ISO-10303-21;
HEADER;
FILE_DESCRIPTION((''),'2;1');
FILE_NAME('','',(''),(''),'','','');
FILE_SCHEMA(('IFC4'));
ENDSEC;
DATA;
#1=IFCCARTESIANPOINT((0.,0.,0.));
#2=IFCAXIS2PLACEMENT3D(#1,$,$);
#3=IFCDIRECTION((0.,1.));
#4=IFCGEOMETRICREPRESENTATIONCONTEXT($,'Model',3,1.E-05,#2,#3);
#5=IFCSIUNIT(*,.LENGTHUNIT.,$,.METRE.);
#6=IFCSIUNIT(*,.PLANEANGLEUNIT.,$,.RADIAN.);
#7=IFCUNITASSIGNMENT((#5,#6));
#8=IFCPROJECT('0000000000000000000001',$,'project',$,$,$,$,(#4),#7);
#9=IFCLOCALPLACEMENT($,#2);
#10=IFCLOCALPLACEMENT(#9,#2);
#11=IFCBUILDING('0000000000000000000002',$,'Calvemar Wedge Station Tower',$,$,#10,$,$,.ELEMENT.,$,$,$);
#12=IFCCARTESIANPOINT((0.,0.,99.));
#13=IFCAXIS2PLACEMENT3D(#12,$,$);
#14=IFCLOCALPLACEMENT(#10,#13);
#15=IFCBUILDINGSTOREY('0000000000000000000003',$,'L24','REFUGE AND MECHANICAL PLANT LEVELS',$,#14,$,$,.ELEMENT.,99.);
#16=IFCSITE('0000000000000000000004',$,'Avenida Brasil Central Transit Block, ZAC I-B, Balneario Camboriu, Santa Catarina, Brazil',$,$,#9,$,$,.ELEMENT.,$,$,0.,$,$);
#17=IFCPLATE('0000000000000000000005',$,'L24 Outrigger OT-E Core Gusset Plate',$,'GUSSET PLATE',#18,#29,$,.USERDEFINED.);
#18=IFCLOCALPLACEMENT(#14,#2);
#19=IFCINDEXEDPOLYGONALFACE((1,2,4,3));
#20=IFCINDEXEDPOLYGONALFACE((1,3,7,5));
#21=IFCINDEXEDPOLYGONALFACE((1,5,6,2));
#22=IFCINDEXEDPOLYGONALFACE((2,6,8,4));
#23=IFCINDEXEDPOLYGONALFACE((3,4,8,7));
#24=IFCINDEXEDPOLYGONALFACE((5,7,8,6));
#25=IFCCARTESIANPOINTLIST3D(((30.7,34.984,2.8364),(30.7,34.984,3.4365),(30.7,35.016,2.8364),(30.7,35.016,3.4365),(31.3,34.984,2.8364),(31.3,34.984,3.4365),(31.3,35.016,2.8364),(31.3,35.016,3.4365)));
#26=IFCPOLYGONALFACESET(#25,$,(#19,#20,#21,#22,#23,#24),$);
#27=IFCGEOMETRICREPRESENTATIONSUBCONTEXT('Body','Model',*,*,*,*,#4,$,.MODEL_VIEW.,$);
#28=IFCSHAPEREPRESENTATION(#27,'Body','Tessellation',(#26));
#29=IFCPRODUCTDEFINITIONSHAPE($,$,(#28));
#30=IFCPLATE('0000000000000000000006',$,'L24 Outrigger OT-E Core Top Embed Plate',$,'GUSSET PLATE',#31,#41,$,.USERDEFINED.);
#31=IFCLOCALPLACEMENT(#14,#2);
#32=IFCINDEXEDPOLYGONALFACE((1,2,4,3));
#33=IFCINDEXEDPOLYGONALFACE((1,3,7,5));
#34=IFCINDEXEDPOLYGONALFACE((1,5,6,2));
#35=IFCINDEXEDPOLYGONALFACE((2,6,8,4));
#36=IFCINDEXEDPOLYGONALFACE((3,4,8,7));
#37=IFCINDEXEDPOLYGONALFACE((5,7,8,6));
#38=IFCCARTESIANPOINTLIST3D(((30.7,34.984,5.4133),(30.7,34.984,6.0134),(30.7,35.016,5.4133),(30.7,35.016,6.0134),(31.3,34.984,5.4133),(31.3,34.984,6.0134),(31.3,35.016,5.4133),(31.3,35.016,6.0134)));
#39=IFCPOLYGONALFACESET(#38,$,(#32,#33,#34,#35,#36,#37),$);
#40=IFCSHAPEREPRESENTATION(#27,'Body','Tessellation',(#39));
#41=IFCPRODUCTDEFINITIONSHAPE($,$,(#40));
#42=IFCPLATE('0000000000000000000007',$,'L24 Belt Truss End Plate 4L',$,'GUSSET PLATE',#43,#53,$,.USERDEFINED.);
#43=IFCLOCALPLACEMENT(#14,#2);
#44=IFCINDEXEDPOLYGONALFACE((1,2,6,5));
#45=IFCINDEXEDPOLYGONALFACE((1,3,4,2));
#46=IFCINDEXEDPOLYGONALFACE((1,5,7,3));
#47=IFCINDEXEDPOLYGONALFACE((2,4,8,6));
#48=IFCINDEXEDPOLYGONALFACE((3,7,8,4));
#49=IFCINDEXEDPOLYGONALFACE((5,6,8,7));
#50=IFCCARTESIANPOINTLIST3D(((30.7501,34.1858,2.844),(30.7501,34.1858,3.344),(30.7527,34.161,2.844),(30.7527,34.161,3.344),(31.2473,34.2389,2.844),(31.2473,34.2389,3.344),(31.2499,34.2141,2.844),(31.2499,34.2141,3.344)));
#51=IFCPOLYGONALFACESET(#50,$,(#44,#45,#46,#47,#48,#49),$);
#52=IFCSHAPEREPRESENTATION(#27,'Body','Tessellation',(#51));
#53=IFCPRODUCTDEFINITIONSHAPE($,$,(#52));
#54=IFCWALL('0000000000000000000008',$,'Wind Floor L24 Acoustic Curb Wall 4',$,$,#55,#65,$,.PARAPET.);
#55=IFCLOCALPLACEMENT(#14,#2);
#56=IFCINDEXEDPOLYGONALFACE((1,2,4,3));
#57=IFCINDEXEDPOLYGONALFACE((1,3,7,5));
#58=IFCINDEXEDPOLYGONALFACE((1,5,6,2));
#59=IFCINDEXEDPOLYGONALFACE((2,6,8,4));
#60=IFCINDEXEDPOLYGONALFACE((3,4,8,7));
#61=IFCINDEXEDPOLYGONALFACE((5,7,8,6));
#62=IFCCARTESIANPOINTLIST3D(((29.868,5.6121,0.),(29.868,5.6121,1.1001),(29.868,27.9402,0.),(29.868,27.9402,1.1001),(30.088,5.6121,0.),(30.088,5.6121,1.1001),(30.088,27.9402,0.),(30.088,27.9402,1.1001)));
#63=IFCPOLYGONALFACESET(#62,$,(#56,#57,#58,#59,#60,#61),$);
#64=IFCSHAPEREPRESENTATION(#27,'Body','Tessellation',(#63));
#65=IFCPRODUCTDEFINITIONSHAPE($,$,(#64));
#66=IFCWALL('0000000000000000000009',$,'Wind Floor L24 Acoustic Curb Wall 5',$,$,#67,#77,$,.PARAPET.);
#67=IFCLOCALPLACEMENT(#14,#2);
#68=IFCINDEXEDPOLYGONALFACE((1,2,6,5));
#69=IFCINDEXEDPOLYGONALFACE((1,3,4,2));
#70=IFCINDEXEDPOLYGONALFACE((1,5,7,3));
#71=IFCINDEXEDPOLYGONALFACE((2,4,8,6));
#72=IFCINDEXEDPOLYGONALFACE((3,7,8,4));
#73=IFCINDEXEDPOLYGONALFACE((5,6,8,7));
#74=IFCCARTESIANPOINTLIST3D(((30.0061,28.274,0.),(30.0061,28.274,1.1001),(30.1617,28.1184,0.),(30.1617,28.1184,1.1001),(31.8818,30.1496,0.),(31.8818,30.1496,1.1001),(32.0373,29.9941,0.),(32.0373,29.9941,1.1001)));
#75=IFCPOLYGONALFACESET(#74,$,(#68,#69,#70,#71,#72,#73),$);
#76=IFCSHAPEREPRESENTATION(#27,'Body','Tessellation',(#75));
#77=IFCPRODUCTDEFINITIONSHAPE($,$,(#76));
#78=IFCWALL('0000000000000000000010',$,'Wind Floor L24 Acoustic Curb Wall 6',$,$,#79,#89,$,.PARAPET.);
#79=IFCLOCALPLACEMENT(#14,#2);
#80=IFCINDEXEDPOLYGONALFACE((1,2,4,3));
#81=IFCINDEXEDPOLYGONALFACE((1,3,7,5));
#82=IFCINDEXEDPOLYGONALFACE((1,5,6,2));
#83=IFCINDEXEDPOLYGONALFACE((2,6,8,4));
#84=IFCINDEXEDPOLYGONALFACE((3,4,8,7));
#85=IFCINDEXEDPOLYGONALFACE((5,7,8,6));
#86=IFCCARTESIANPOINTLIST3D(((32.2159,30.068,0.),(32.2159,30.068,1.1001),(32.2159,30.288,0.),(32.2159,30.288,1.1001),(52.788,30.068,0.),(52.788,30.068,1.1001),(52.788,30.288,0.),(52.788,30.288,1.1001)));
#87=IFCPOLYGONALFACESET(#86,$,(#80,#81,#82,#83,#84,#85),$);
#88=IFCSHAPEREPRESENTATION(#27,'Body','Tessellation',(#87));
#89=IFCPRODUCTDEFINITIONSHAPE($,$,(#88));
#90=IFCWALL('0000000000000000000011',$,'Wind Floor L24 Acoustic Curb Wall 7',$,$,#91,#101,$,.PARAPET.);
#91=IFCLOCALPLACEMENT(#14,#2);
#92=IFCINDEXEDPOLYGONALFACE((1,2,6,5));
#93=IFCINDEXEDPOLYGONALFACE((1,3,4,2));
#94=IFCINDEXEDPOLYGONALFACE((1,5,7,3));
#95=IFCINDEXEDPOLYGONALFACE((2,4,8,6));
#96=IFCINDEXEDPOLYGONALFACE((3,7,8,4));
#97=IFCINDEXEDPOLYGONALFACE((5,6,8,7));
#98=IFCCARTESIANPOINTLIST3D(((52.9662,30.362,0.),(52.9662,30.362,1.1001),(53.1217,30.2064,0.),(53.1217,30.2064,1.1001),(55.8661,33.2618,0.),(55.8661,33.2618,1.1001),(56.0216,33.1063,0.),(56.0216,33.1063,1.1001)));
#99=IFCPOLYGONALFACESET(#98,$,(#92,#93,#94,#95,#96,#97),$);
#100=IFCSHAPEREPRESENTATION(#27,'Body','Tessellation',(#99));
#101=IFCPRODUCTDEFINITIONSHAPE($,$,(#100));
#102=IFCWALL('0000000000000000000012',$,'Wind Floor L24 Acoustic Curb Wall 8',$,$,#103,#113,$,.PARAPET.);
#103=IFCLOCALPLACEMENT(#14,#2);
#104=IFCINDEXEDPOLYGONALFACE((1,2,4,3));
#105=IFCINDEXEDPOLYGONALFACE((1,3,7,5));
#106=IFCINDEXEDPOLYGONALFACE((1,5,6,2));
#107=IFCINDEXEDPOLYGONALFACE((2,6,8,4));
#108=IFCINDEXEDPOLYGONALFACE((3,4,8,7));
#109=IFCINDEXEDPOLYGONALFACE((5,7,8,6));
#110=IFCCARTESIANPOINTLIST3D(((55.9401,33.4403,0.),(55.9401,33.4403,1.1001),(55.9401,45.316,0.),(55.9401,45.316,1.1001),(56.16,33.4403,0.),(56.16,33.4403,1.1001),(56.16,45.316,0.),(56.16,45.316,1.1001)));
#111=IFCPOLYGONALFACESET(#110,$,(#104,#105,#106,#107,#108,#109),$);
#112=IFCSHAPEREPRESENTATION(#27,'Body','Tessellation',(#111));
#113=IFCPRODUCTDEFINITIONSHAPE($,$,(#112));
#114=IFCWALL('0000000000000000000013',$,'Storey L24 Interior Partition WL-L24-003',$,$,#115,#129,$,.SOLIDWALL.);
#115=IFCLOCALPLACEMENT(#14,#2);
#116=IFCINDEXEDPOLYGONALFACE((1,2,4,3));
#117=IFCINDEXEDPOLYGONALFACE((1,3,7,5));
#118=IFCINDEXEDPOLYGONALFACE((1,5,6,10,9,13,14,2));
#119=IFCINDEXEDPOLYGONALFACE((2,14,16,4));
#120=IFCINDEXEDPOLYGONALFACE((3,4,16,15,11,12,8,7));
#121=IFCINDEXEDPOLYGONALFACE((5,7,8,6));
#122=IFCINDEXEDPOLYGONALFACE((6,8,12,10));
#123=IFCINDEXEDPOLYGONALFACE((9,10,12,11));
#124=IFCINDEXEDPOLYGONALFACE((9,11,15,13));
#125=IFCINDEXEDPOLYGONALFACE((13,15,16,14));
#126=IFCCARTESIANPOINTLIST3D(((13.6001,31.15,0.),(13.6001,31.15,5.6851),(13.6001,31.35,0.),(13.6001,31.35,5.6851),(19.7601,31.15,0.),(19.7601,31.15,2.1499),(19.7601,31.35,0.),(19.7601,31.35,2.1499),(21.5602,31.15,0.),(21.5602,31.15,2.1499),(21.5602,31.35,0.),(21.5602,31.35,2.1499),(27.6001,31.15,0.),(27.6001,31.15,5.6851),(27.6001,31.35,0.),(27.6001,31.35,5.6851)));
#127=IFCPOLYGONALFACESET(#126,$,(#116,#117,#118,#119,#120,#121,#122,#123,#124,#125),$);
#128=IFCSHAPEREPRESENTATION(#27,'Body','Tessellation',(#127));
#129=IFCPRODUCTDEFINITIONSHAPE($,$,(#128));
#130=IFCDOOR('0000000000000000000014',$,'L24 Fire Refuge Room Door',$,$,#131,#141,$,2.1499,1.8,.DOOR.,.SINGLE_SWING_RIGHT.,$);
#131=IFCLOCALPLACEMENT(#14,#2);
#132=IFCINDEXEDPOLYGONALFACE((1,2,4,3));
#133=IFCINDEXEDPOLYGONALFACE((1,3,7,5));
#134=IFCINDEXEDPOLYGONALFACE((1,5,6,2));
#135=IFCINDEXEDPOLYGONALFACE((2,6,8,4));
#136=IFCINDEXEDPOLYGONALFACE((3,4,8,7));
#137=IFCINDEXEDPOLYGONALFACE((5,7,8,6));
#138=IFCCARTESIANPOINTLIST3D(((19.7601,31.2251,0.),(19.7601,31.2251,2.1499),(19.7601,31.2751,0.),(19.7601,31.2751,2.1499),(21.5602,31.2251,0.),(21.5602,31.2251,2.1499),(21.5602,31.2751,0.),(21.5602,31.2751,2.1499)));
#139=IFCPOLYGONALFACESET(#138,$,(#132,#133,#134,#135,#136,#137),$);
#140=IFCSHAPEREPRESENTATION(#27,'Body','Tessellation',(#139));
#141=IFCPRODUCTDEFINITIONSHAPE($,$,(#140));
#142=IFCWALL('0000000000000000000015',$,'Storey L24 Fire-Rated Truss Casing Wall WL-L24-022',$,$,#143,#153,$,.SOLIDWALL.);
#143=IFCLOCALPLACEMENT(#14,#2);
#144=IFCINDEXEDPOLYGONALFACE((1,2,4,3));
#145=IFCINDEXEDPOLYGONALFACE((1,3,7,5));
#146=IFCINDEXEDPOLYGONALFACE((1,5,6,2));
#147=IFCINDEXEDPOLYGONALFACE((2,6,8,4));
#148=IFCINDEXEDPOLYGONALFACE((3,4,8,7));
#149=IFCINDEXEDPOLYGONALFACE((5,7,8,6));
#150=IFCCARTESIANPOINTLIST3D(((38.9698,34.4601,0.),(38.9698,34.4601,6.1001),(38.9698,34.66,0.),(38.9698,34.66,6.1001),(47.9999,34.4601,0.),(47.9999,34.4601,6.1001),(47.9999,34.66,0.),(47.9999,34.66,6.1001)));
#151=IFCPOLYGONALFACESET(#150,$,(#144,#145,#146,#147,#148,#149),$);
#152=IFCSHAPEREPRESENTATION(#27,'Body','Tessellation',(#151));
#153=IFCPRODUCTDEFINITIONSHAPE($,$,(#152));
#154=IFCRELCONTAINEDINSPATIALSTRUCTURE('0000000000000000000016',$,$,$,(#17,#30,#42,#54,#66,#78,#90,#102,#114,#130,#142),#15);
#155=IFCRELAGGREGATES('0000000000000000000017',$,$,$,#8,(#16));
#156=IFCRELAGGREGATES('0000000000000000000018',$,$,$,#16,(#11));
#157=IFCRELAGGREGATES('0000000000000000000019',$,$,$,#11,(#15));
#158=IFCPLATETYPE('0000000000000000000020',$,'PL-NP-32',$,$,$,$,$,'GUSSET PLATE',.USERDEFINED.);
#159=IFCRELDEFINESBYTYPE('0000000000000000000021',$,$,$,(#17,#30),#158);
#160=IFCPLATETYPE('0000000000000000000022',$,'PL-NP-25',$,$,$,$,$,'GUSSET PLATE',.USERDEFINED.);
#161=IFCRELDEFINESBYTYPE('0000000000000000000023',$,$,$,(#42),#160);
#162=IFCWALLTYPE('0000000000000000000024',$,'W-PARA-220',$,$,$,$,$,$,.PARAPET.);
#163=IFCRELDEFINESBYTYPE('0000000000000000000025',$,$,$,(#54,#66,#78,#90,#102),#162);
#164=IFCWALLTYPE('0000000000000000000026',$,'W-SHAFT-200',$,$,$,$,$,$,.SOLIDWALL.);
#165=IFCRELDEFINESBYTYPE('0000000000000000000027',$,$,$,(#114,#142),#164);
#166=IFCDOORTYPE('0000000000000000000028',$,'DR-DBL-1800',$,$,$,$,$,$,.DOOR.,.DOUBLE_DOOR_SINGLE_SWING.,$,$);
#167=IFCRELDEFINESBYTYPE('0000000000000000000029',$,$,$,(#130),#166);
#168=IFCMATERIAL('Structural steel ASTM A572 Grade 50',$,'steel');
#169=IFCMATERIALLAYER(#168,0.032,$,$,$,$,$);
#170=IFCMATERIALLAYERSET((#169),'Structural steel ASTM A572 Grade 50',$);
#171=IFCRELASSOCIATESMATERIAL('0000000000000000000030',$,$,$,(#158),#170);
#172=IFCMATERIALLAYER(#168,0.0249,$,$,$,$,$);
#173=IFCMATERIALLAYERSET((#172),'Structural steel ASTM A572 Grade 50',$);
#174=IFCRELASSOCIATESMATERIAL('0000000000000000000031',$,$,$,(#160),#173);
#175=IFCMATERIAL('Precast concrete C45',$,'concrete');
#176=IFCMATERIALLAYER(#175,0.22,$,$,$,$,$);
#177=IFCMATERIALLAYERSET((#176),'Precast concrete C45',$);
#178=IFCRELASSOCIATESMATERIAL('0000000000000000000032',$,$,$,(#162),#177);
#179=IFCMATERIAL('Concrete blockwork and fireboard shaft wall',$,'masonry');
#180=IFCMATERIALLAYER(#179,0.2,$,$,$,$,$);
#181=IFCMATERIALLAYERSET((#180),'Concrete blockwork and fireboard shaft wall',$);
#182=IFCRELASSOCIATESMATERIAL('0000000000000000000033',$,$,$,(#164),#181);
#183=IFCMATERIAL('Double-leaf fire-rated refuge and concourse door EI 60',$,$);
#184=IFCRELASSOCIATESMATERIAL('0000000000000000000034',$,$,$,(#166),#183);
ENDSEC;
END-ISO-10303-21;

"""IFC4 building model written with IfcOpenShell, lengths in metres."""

from ifc_helpers import new_model, si_unit, direction, frame, frame_2d, origin, origin_2d, place, context, subcontext, project, spatial, rectangle, extrude, source, transform, mapped, material, layer, layer_set, type_object, element, fill, save


model = new_model("IFC4")

# Units and contexts
model_context = context("Model", 3, precision=1e-05, world=origin(), true_north=direction((0.0, 1.0)))
body_context = subcontext(model_context, "Body", "Model", "MODEL_VIEW")
ifc_project = project(units=[si_unit("LENGTHUNIT", "METRE"), si_unit("PLANEANGLEUNIT", "RADIAN")], contexts=[model_context])

# Site, building, storey
site_placement = place(None, origin())
site = spatial("IfcSite", under=ifc_project, at=site_placement, Name="Avenida Brasil Central Transit Block, ZAC I-B, Balneario Camboriu, Santa Catarina, Brazil", CompositionType="ELEMENT", RefElevation=0.0)
building_placement = place(site_placement, origin())
building = spatial("IfcBuilding", under=site, at=building_placement, Name="Calvemar Wedge Station Tower", CompositionType="ELEMENT")
storey_placement = place(building_placement, frame((0.0, 0.0, 99.0)))
storey = spatial("IfcBuildingStorey", under=building, at=storey_placement, Name="L24", Description="REFUGE AND MECHANICAL PLANT LEVELS", CompositionType="ELEMENT", Elevation=99.0)

# Shared definitions
ifc_material_1 = material(Name="Structural steel ASTM A572 Grade 50", Category="steel")

# Plates
ifc_layer_1 = layer(ifc_material_1, 0.032)
ifc_layer_set_1 = layer_set([ifc_layer_1], Name="Structural steel ASTM A572 Grade 50")
plate_type_1 = type_object("IfcPlateType", Name="PL-NP-32", ElementType="GUSSET PLATE", PredefinedType="USERDEFINED", material=ifc_layer_set_1)
shared_shape_1 = source(origin(), body_context, "Body", "SweptSolid", [
    extrude(rectangle(XDim=0.6001, YDim=0.032, at=origin_2d()), origin(), (0.0, 0.0, 1.0), 0.6001),
])
for number, where, z_axis, x_axis, name in (
    (1, (31.0, 35.0, 2.8364), (0.0, 0.0, 1.0), (1.0, 0.0, 0.0), "L24 Outrigger OT-E Core Gusset Plate"),
    (2, (31.0, 35.0, 5.4133), (0.0, 0.0, 1.0), (1.0, 0.0, 0.0), "L24 Outrigger OT-E Core Top Embed Plate"),
):
    element("IfcPlate", number, at=place(storey_placement, frame(where, z_axis=z_axis, x_axis=x_axis)), inside=storey, type_object=plate_type_1, Name=name, ObjectType="GUSSET PLATE", PredefinedType="USERDEFINED", context=body_context, shape_type="MappedRepresentation", body=[
        mapped(shared_shape_1, transform((0.0, 0.0, 0.0), scale=1.0)),
    ])
ifc_layer_2 = layer(ifc_material_1, 0.0249)
ifc_layer_set_2 = layer_set([ifc_layer_2], Name="Structural steel ASTM A572 Grade 50")
plate_type_2 = type_object("IfcPlateType", Name="PL-NP-25", ElementType="GUSSET PLATE", PredefinedType="USERDEFINED", material=ifc_layer_set_2)
shared_shape_2 = source(origin(), body_context, "Body", "SweptSolid", [
    extrude(rectangle(XDim=0.5, YDim=0.0249, at=origin_2d()), origin(), (0.0, 0.0, 1.0), 0.5),
])
plate_placement = place(storey_placement, frame((31.0, 34.2, 2.844), z_axis=(0.0, 0.0, 1.0), x_axis=(0.994356, 0.106091, 0.0)))
element("IfcPlate", 3, at=plate_placement, inside=storey, type_object=plate_type_2, Name="L24 Belt Truss End Plate 4L", ObjectType="GUSSET PLATE", PredefinedType="USERDEFINED", context=body_context, shape_type="MappedRepresentation", body=[
    mapped(shared_shape_2, transform((0.0, 0.0, 0.0), scale=1.0)),
])

# Walls
ifc_material_2 = material(Name="Precast concrete C45", Category="concrete")
ifc_layer_3 = layer(ifc_material_2, 0.22)
ifc_layer_set_3 = layer_set([ifc_layer_3], Name="Precast concrete C45")
wall_type_1 = type_object("IfcWallType", Name="W-PARA-220", PredefinedType="PARAPET", material=ifc_layer_set_3)
wall_1_placement = place(storey_placement, frame((29.978, 5.6121, 0.0), z_axis=(0.0, 0.0, 1.0), x_axis=(0.0, 1.0, 0.0)))
element("IfcWall", 4, at=wall_1_placement, inside=storey, type_object=wall_type_1, Name="Wind Floor L24 Acoustic Curb Wall 4", PredefinedType="PARAPET", context=body_context, shape_type="SweptSolid", body=[
    extrude(rectangle(XDim=22.3281, YDim=0.22, at=frame_2d((11.1641, 0.0))), origin(), (0.0, 0.0, 1.0), 1.1001),
])
wall_2_placement = place(storey_placement, frame((30.084, 28.1963, 0.0), z_axis=(0.0, 0.0, 1.0), x_axis=(0.707107, 0.707107, 0.0)))
element("IfcWall", 5, at=wall_2_placement, inside=storey, type_object=wall_type_1, Name="Wind Floor L24 Acoustic Curb Wall 5", PredefinedType="PARAPET", context=body_context, shape_type="SweptSolid", body=[
    extrude(rectangle(XDim=2.6526, YDim=0.22, at=frame_2d((1.3262, 0.0))), origin(), (0.0, 0.0, 1.0), 1.1001),
])
wall_3_placement = place(storey_placement, frame((32.2158, 30.178, 0.0), z_axis=(0.0, 0.0, 1.0), x_axis=(1.0, 0.0, 0.0)))
element("IfcWall", 6, at=wall_3_placement, inside=storey, type_object=wall_type_1, Name="Wind Floor L24 Acoustic Curb Wall 6", PredefinedType="PARAPET", context=body_context, shape_type="SweptSolid", body=[
    extrude(rectangle(XDim=20.572, YDim=0.22, at=frame_2d((10.2861, 0.0))), origin(), (0.0, 0.0, 1.0), 1.1001),
])
wall_4_placement = place(storey_placement, frame((53.0439, 30.2842, 0.0), z_axis=(0.0, 0.0, 1.0), x_axis=(0.707107, 0.707107, 0.0)))
element("IfcWall", 7, at=wall_4_placement, inside=storey, type_object=wall_type_1, Name="Wind Floor L24 Acoustic Curb Wall 7", PredefinedType="PARAPET", context=body_context, shape_type="SweptSolid", body=[
    extrude(rectangle(XDim=4.1011, YDim=0.22, at=frame_2d((2.0505, 0.0))), origin(), (0.0, 0.0, 1.0), 1.1001),
])
wall_5_placement = place(storey_placement, frame((56.05, 33.4402, 0.0), z_axis=(0.0, 0.0, 1.0), x_axis=(0.0, 1.0, 0.0)))
element("IfcWall", 8, at=wall_5_placement, inside=storey, type_object=wall_type_1, Name="Wind Floor L24 Acoustic Curb Wall 8", PredefinedType="PARAPET", context=body_context, shape_type="SweptSolid", body=[
    extrude(rectangle(XDim=11.8757, YDim=0.22, at=frame_2d((5.938, 0.0))), origin(), (0.0, 0.0, 1.0), 1.1001),
])

# Wall, opening, door
ifc_material_3 = material(Name="Concrete blockwork and fireboard shaft wall", Category="masonry")
ifc_layer_4 = layer(ifc_material_3, 0.2)
ifc_layer_set_4 = layer_set([ifc_layer_4], Name="Concrete blockwork and fireboard shaft wall")
wall_type_2 = type_object("IfcWallType", Name="W-SHAFT-200", PredefinedType="SOLIDWALL", material=ifc_layer_set_4)
wall_6_placement = place(storey_placement, frame((27.6001, 31.25, 0.0), z_axis=(0.0, 0.0, 1.0), x_axis=(-1.0, 0.0, 0.0)))
wall_6 = element("IfcWall", 9, at=wall_6_placement, inside=storey, type_object=wall_type_2, Name="Storey L24 Interior Partition WL-L24-003", PredefinedType="SOLIDWALL", context=body_context, shape_type="SweptSolid", body=[
    extrude(rectangle(XDim=14.0, YDim=0.2, at=frame_2d((7.0, 0.0))), origin(), (0.0, 0.0, 1.0), 5.6851),
])
shared_shape_3 = source(origin(), body_context, "Body", "SweptSolid", [
    extrude(rectangle(XDim=1.8, YDim=2.1499, at=frame_2d((0.8999, 1.075))), frame((0.0, 0.1099, 0.0), z_axis=(0.0, -1.0, 0.0), x_axis=(1.0, 0.0, 0.0)), (0.0, 0.0, 1.0), 0.22),
])
opening_1_placement = place(wall_6_placement, frame((6.04, 0.0, 0.0)))
opening_1 = element("IfcOpeningElement", 10, at=opening_1_placement, cuts=wall_6, PredefinedType="OPENING", context=body_context, shape_type="MappedRepresentation", body=[
    mapped(shared_shape_3, transform((0.0, 0.0, 0.0), scale=1.0)),
])
ifc_material_4 = material(Name="Double-leaf fire-rated refuge and concourse door EI 60")
door_type_1 = type_object("IfcDoorType", Name="DR-DBL-1800", OperationType="DOUBLE_DOOR_SINGLE_SWING", PredefinedType="DOOR", material=ifc_material_4)
shared_shape_4 = source(origin(), body_context, "Body", "SweptSolid", [
    extrude(rectangle(XDim=1.8, YDim=2.1499, at=frame_2d((0.8999, 1.075))), frame((0.0, 0.0249, 0.0), z_axis=(0.0, -1.0, 0.0), x_axis=(1.0, 0.0, 0.0)), (0.0, 0.0, 1.0), 0.05),
])
door_1_placement = place(opening_1_placement, origin())
door_1 = element("IfcDoor", 11, at=door_1_placement, inside=storey, type_object=door_type_1, Name="L24 Fire Refuge Room Door", OperationType="SINGLE_SWING_RIGHT", OverallHeight=2.1499, OverallWidth=1.8, PredefinedType="DOOR", context=body_context, shape_type="MappedRepresentation", body=[
    mapped(shared_shape_4, transform((0.0, 0.0, 0.0), scale=1.0)),
])
fill(opening_1, door_1)

# Wall
wall_7_placement = place(storey_placement, frame((48.0, 34.5601, 0.0), z_axis=(0.0, 0.0, 1.0), x_axis=(-1.0, 0.0, 0.0)))
element("IfcWall", 12, at=wall_7_placement, inside=storey, type_object=wall_type_2, Name="Storey L24 Fire-Rated Truss Casing Wall WL-L24-022", PredefinedType="SOLIDWALL", context=body_context, shape_type="SweptSolid", body=[
    extrude(rectangle(XDim=9.03, YDim=0.2, at=frame_2d((4.5151, 0.0))), origin(), (0.0, 0.0, 1.0), 6.1001),
])

save(model, "model.ifc")
